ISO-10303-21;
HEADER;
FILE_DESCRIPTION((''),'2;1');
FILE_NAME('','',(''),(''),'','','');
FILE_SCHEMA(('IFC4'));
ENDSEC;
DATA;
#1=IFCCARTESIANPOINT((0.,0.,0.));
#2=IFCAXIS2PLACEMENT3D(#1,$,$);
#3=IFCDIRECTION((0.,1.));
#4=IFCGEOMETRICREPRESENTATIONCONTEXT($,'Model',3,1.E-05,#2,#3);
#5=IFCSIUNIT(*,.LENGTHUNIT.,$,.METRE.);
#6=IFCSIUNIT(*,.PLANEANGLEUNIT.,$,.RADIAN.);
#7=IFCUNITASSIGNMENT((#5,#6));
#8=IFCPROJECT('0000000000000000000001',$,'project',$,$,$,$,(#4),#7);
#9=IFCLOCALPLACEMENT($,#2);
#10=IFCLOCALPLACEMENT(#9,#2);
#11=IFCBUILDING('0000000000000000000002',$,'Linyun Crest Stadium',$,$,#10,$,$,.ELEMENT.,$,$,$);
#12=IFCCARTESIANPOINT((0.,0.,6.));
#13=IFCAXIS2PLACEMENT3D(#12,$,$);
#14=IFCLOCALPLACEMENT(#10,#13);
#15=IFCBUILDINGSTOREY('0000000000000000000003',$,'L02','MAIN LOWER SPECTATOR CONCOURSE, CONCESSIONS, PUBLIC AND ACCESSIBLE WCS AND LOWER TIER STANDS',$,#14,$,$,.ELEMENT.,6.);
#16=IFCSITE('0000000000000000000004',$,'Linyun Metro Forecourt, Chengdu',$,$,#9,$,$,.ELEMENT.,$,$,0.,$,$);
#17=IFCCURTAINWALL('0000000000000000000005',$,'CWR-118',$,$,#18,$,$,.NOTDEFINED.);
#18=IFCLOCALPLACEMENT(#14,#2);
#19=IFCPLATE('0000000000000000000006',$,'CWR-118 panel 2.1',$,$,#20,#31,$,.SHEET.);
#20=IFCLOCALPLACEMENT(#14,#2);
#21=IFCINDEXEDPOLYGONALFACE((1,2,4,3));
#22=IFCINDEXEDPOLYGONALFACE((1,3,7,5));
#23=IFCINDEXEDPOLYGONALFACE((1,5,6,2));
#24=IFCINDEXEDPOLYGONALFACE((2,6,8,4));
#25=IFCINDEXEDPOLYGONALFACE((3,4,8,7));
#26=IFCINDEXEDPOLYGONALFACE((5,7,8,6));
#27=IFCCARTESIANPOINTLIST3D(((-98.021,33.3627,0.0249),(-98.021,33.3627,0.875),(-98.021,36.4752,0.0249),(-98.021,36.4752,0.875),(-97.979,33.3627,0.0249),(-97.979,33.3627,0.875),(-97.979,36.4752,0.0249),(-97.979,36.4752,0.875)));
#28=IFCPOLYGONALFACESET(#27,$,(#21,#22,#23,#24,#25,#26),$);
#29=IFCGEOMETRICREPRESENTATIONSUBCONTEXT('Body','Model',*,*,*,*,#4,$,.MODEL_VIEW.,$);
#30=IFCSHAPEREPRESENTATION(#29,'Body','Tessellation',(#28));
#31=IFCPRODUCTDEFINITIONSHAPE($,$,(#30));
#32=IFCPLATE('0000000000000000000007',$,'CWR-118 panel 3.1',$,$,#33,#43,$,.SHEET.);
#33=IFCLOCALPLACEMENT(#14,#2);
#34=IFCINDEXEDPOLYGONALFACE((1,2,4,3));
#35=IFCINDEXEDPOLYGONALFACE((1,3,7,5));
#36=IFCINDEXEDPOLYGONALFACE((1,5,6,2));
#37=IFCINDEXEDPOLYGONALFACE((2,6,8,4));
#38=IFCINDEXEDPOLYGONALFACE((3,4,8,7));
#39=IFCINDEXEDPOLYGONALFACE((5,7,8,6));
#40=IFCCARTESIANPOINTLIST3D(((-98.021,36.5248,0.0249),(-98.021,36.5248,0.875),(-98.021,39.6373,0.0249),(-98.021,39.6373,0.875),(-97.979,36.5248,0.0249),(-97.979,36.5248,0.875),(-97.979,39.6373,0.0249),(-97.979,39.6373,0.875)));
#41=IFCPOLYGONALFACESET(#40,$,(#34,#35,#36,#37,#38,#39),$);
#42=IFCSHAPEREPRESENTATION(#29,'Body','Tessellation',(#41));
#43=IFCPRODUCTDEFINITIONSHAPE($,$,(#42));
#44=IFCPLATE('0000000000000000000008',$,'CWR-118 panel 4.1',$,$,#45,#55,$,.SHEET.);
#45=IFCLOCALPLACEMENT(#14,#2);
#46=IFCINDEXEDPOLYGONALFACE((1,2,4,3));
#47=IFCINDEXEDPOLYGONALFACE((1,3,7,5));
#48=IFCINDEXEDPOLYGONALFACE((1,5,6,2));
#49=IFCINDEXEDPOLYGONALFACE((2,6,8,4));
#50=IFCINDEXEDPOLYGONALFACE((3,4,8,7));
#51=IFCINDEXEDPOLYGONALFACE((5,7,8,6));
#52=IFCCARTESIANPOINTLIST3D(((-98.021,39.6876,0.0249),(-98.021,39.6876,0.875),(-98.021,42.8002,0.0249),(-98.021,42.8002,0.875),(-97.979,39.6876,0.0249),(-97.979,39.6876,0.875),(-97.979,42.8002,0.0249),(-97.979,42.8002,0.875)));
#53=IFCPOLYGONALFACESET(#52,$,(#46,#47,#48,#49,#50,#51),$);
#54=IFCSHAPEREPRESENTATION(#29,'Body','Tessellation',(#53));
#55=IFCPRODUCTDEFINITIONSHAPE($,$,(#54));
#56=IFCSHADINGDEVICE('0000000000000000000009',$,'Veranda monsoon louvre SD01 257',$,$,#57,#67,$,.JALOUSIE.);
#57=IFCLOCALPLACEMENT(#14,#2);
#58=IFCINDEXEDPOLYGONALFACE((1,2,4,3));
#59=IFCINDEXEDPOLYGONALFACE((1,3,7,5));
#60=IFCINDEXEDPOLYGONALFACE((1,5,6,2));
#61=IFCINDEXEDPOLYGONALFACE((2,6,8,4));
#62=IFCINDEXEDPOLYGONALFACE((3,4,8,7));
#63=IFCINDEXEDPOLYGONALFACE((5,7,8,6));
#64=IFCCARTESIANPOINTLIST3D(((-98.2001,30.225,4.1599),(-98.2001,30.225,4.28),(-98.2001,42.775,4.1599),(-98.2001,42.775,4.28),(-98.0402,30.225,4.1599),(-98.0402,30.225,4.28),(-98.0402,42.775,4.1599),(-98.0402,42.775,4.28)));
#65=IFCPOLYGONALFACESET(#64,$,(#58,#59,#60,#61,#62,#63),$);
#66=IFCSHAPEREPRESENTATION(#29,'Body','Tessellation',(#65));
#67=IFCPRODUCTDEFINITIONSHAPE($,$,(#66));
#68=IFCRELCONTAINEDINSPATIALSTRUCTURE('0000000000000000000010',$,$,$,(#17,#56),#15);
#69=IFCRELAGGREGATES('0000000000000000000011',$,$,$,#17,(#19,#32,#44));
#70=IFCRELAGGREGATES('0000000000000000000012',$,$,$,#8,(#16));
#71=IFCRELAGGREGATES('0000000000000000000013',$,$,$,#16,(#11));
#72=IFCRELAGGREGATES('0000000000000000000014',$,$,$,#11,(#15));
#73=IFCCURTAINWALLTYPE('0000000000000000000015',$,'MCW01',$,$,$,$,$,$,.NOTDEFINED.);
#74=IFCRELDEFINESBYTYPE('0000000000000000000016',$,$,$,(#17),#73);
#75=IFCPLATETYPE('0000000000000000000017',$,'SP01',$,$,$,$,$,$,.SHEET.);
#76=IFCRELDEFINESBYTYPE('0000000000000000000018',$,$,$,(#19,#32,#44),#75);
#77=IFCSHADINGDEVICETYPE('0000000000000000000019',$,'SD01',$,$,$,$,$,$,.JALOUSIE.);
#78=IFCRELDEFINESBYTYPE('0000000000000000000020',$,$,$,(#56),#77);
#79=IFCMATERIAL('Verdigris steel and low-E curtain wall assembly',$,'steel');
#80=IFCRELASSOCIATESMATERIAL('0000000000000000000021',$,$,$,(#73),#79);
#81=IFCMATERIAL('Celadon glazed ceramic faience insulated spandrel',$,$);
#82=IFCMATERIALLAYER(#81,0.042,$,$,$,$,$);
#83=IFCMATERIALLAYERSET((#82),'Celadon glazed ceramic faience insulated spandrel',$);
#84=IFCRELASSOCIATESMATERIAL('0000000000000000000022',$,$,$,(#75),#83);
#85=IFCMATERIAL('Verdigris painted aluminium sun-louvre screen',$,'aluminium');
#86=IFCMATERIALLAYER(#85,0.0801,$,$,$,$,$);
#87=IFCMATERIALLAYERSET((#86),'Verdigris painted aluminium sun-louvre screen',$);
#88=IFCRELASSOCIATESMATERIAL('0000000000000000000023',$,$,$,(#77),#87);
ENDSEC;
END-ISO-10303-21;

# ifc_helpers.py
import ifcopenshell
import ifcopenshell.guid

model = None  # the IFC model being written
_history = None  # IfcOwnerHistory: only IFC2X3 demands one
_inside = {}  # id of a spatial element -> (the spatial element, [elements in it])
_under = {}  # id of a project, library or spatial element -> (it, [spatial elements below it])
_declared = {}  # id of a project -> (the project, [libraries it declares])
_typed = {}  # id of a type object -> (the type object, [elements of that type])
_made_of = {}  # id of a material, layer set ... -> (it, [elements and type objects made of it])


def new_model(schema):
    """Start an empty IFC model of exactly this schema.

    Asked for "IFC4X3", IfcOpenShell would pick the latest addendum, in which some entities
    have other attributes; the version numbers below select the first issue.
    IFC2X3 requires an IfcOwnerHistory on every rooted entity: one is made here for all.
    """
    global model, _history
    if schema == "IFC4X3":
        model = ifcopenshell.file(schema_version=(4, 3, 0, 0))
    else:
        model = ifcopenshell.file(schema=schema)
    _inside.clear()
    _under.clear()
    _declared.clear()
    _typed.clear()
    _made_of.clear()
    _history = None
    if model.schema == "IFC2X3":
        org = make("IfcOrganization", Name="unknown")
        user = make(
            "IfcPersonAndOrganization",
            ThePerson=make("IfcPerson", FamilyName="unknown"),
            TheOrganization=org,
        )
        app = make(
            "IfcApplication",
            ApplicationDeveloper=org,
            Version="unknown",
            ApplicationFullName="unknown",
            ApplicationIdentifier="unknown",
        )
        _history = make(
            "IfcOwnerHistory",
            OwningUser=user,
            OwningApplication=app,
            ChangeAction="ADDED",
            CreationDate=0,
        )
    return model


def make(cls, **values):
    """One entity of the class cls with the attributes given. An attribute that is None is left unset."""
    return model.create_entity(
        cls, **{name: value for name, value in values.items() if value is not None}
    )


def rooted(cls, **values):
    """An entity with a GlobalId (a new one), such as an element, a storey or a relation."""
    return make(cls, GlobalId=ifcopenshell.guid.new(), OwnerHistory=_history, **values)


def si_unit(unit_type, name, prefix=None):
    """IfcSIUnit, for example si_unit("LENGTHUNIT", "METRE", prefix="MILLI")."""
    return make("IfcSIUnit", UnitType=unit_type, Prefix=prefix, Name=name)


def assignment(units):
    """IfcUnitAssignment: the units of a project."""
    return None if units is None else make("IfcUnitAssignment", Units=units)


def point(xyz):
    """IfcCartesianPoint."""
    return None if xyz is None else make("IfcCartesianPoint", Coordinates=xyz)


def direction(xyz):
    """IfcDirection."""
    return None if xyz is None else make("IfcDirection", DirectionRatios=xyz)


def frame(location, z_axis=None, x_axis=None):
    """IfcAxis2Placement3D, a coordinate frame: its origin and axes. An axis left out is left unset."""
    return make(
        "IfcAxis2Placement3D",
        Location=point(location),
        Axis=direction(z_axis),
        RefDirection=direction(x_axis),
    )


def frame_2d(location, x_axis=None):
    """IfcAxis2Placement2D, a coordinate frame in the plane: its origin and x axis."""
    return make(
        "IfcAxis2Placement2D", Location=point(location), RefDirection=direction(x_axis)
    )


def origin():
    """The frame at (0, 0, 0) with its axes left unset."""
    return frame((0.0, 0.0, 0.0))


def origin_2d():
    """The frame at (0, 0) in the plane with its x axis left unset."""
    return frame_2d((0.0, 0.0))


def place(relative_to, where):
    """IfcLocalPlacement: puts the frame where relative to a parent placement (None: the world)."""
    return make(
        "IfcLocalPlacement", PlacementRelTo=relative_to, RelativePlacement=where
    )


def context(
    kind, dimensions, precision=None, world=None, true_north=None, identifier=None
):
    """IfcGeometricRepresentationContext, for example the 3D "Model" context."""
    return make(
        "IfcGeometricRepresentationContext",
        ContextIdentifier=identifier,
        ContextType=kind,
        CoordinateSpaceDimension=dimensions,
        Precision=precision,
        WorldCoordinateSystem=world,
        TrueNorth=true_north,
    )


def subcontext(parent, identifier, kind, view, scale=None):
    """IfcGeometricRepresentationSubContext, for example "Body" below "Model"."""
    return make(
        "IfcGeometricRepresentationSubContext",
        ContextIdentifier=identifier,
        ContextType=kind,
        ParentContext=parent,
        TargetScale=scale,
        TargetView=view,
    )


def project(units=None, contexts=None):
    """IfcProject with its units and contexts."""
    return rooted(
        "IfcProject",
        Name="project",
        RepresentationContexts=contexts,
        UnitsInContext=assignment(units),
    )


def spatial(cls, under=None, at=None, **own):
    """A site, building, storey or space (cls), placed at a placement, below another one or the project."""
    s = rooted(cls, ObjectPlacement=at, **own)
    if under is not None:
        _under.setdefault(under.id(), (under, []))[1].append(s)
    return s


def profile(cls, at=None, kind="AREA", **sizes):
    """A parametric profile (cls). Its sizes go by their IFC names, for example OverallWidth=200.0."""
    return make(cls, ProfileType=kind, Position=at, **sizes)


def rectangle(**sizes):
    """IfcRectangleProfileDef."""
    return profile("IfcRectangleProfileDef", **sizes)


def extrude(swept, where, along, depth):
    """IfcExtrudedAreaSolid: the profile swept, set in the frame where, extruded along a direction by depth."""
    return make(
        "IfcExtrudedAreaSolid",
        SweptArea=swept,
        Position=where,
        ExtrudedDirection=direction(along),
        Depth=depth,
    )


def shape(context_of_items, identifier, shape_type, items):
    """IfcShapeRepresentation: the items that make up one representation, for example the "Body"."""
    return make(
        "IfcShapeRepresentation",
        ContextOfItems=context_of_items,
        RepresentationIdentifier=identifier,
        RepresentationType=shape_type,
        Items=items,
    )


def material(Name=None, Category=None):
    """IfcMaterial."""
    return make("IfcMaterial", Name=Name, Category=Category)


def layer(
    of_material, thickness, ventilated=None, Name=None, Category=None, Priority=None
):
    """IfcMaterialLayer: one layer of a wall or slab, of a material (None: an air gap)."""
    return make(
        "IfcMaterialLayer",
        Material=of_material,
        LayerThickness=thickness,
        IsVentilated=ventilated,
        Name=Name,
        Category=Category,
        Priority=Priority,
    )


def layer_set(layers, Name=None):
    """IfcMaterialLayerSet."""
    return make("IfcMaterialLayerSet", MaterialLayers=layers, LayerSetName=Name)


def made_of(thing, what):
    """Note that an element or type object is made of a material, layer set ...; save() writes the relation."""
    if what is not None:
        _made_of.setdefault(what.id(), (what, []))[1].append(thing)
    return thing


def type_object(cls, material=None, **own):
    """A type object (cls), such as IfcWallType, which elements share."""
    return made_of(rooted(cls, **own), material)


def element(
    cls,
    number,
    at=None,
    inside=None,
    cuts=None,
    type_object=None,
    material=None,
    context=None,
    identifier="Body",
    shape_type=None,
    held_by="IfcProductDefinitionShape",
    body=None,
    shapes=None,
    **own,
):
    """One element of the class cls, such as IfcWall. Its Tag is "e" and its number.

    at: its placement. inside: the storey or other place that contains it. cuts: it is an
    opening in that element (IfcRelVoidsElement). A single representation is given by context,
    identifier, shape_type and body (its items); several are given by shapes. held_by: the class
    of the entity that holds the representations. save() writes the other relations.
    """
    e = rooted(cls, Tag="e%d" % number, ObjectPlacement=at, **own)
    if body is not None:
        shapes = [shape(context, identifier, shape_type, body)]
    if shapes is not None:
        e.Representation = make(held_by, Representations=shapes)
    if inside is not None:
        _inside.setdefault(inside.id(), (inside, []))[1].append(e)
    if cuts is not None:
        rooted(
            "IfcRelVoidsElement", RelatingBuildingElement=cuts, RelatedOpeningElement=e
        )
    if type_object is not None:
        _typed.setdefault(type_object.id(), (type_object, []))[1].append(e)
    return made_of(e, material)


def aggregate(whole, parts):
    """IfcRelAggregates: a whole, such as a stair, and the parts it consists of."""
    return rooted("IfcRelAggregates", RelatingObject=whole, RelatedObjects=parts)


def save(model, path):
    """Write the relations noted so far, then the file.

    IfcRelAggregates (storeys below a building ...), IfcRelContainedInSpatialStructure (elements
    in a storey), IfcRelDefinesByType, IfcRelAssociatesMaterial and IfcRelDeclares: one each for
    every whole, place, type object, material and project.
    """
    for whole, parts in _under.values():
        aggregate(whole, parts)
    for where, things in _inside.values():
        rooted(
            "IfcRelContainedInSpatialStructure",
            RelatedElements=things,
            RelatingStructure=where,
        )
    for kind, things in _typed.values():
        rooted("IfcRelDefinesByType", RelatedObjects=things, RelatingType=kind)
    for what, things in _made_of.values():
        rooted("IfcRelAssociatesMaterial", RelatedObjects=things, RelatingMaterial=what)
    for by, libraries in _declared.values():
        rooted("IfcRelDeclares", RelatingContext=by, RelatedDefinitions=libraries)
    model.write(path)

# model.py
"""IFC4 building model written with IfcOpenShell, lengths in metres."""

from ifc_helpers import new_model, si_unit, direction, frame, origin, origin_2d, place, context, subcontext, project, spatial, rectangle, extrude, material, layer, layer_set, type_object, element, aggregate, save


model = new_model("IFC4")

# Units and contexts
model_context = context("Model", 3, precision=1e-05, world=origin(), true_north=direction((0.0, 1.0)))
body_context = subcontext(model_context, "Body", "Model", "MODEL_VIEW")
ifc_project = project(units=[si_unit("LENGTHUNIT", "METRE"), si_unit("PLANEANGLEUNIT", "RADIAN")], contexts=[model_context])

# Site, building, storey
site_placement = place(None, origin())
site = spatial("IfcSite", under=ifc_project, at=site_placement, Name="Linyun Metro Forecourt, Chengdu", CompositionType="ELEMENT", RefElevation=0.0)
building_placement = place(site_placement, origin())
building = spatial("IfcBuilding", under=site, at=building_placement, Name="Linyun Crest Stadium", CompositionType="ELEMENT")
storey_placement = place(building_placement, frame((0.0, 0.0, 6.0)))
storey = spatial("IfcBuildingStorey", under=building, at=storey_placement, Name="L02", Description="MAIN LOWER SPECTATOR CONCOURSE, CONCESSIONS, PUBLIC AND ACCESSIBLE WCS AND LOWER TIER STANDS", CompositionType="ELEMENT", Elevation=6.0)

# Curtain wall
ifc_material_1 = material(Name="Verdigris steel and low-E curtain wall assembly", Category="steel")
curtain_wall_type = type_object("IfcCurtainWallType", Name="MCW01", PredefinedType="NOTDEFINED", material=ifc_material_1)
curtain_wall_placement = place(storey_placement, origin())
curtain_wall = element("IfcCurtainWall", 1, at=curtain_wall_placement, inside=storey, type_object=curtain_wall_type, Name="CWR-118", PredefinedType="NOTDEFINED")

# Plates
ifc_material_2 = material(Name="Celadon glazed ceramic faience insulated spandrel")
ifc_layer_1 = layer(ifc_material_2, 0.042)
ifc_layer_set_1 = layer_set([ifc_layer_1], Name="Celadon glazed ceramic faience insulated spandrel")
plate_type_1 = type_object("IfcPlateType", Name="SP01", PredefinedType="SHEET", material=ifc_layer_set_1)
plate_1_placement = place(storey_placement, frame((-98.0, 34.9189, 0.0249), z_axis=(0.0, 0.0, 1.0), x_axis=(0.0, 1.0, 0.0)))
plate_1 = element("IfcPlate", 2, at=plate_1_placement, type_object=plate_type_1, Name="CWR-118 panel 2.1", PredefinedType="SHEET", context=body_context, shape_type="SweptSolid", body=[
    extrude(rectangle(XDim=3.1125, YDim=0.042, at=origin_2d()), origin(), (0.0, 0.0, 1.0), 0.8501),
])
plate_2_placement = place(storey_placement, frame((-98.0, 38.0811, 0.0249), z_axis=(0.0, 0.0, 1.0), x_axis=(0.0, 1.0, 0.0)))
plate_2 = element("IfcPlate", 3, at=plate_2_placement, type_object=plate_type_1, Name="CWR-118 panel 3.1", PredefinedType="SHEET", context=body_context, shape_type="SweptSolid", body=[
    extrude(rectangle(XDim=3.1125, YDim=0.042, at=origin_2d()), origin(), (0.0, 0.0, 1.0), 0.8501),
])
plate_3_placement = place(storey_placement, frame((-98.0, 41.2439, 0.0249), z_axis=(0.0, 0.0, 1.0), x_axis=(0.0, 1.0, 0.0)))
plate_3 = element("IfcPlate", 4, at=plate_3_placement, type_object=plate_type_1, Name="CWR-118 panel 4.1", PredefinedType="SHEET", context=body_context, shape_type="SweptSolid", body=[
    extrude(rectangle(XDim=3.1125, YDim=0.042, at=origin_2d()), origin(), (0.0, 0.0, 1.0), 0.8501),
])
aggregate(curtain_wall, [plate_1, plate_2, plate_3])

# Shading device
ifc_material_3 = material(Name="Verdigris painted aluminium sun-louvre screen", Category="aluminium")
ifc_layer_2 = layer(ifc_material_3, 0.0801)
ifc_layer_set_2 = layer_set([ifc_layer_2], Name="Verdigris painted aluminium sun-louvre screen")
shading_device_type = type_object("IfcShadingDeviceType", Name="SD01", PredefinedType="JALOUSIE", material=ifc_layer_set_2)
shading_device_placement = place(storey_placement, frame((-98.1201, 36.5, 4.1599), z_axis=(0.0, 0.0, 1.0), x_axis=(1.0, 0.0, 0.0)))
element("IfcShadingDevice", 5, at=shading_device_placement, inside=storey, type_object=shading_device_type, Name="Veranda monsoon louvre SD01 257", PredefinedType="JALOUSIE", context=body_context, shape_type="SweptSolid", body=[
    extrude(rectangle(XDim=0.1599, YDim=12.55, at=origin_2d()), origin(), (0.0, 0.0, 1.0), 0.1201),
])

save(model, "model.ifc")
